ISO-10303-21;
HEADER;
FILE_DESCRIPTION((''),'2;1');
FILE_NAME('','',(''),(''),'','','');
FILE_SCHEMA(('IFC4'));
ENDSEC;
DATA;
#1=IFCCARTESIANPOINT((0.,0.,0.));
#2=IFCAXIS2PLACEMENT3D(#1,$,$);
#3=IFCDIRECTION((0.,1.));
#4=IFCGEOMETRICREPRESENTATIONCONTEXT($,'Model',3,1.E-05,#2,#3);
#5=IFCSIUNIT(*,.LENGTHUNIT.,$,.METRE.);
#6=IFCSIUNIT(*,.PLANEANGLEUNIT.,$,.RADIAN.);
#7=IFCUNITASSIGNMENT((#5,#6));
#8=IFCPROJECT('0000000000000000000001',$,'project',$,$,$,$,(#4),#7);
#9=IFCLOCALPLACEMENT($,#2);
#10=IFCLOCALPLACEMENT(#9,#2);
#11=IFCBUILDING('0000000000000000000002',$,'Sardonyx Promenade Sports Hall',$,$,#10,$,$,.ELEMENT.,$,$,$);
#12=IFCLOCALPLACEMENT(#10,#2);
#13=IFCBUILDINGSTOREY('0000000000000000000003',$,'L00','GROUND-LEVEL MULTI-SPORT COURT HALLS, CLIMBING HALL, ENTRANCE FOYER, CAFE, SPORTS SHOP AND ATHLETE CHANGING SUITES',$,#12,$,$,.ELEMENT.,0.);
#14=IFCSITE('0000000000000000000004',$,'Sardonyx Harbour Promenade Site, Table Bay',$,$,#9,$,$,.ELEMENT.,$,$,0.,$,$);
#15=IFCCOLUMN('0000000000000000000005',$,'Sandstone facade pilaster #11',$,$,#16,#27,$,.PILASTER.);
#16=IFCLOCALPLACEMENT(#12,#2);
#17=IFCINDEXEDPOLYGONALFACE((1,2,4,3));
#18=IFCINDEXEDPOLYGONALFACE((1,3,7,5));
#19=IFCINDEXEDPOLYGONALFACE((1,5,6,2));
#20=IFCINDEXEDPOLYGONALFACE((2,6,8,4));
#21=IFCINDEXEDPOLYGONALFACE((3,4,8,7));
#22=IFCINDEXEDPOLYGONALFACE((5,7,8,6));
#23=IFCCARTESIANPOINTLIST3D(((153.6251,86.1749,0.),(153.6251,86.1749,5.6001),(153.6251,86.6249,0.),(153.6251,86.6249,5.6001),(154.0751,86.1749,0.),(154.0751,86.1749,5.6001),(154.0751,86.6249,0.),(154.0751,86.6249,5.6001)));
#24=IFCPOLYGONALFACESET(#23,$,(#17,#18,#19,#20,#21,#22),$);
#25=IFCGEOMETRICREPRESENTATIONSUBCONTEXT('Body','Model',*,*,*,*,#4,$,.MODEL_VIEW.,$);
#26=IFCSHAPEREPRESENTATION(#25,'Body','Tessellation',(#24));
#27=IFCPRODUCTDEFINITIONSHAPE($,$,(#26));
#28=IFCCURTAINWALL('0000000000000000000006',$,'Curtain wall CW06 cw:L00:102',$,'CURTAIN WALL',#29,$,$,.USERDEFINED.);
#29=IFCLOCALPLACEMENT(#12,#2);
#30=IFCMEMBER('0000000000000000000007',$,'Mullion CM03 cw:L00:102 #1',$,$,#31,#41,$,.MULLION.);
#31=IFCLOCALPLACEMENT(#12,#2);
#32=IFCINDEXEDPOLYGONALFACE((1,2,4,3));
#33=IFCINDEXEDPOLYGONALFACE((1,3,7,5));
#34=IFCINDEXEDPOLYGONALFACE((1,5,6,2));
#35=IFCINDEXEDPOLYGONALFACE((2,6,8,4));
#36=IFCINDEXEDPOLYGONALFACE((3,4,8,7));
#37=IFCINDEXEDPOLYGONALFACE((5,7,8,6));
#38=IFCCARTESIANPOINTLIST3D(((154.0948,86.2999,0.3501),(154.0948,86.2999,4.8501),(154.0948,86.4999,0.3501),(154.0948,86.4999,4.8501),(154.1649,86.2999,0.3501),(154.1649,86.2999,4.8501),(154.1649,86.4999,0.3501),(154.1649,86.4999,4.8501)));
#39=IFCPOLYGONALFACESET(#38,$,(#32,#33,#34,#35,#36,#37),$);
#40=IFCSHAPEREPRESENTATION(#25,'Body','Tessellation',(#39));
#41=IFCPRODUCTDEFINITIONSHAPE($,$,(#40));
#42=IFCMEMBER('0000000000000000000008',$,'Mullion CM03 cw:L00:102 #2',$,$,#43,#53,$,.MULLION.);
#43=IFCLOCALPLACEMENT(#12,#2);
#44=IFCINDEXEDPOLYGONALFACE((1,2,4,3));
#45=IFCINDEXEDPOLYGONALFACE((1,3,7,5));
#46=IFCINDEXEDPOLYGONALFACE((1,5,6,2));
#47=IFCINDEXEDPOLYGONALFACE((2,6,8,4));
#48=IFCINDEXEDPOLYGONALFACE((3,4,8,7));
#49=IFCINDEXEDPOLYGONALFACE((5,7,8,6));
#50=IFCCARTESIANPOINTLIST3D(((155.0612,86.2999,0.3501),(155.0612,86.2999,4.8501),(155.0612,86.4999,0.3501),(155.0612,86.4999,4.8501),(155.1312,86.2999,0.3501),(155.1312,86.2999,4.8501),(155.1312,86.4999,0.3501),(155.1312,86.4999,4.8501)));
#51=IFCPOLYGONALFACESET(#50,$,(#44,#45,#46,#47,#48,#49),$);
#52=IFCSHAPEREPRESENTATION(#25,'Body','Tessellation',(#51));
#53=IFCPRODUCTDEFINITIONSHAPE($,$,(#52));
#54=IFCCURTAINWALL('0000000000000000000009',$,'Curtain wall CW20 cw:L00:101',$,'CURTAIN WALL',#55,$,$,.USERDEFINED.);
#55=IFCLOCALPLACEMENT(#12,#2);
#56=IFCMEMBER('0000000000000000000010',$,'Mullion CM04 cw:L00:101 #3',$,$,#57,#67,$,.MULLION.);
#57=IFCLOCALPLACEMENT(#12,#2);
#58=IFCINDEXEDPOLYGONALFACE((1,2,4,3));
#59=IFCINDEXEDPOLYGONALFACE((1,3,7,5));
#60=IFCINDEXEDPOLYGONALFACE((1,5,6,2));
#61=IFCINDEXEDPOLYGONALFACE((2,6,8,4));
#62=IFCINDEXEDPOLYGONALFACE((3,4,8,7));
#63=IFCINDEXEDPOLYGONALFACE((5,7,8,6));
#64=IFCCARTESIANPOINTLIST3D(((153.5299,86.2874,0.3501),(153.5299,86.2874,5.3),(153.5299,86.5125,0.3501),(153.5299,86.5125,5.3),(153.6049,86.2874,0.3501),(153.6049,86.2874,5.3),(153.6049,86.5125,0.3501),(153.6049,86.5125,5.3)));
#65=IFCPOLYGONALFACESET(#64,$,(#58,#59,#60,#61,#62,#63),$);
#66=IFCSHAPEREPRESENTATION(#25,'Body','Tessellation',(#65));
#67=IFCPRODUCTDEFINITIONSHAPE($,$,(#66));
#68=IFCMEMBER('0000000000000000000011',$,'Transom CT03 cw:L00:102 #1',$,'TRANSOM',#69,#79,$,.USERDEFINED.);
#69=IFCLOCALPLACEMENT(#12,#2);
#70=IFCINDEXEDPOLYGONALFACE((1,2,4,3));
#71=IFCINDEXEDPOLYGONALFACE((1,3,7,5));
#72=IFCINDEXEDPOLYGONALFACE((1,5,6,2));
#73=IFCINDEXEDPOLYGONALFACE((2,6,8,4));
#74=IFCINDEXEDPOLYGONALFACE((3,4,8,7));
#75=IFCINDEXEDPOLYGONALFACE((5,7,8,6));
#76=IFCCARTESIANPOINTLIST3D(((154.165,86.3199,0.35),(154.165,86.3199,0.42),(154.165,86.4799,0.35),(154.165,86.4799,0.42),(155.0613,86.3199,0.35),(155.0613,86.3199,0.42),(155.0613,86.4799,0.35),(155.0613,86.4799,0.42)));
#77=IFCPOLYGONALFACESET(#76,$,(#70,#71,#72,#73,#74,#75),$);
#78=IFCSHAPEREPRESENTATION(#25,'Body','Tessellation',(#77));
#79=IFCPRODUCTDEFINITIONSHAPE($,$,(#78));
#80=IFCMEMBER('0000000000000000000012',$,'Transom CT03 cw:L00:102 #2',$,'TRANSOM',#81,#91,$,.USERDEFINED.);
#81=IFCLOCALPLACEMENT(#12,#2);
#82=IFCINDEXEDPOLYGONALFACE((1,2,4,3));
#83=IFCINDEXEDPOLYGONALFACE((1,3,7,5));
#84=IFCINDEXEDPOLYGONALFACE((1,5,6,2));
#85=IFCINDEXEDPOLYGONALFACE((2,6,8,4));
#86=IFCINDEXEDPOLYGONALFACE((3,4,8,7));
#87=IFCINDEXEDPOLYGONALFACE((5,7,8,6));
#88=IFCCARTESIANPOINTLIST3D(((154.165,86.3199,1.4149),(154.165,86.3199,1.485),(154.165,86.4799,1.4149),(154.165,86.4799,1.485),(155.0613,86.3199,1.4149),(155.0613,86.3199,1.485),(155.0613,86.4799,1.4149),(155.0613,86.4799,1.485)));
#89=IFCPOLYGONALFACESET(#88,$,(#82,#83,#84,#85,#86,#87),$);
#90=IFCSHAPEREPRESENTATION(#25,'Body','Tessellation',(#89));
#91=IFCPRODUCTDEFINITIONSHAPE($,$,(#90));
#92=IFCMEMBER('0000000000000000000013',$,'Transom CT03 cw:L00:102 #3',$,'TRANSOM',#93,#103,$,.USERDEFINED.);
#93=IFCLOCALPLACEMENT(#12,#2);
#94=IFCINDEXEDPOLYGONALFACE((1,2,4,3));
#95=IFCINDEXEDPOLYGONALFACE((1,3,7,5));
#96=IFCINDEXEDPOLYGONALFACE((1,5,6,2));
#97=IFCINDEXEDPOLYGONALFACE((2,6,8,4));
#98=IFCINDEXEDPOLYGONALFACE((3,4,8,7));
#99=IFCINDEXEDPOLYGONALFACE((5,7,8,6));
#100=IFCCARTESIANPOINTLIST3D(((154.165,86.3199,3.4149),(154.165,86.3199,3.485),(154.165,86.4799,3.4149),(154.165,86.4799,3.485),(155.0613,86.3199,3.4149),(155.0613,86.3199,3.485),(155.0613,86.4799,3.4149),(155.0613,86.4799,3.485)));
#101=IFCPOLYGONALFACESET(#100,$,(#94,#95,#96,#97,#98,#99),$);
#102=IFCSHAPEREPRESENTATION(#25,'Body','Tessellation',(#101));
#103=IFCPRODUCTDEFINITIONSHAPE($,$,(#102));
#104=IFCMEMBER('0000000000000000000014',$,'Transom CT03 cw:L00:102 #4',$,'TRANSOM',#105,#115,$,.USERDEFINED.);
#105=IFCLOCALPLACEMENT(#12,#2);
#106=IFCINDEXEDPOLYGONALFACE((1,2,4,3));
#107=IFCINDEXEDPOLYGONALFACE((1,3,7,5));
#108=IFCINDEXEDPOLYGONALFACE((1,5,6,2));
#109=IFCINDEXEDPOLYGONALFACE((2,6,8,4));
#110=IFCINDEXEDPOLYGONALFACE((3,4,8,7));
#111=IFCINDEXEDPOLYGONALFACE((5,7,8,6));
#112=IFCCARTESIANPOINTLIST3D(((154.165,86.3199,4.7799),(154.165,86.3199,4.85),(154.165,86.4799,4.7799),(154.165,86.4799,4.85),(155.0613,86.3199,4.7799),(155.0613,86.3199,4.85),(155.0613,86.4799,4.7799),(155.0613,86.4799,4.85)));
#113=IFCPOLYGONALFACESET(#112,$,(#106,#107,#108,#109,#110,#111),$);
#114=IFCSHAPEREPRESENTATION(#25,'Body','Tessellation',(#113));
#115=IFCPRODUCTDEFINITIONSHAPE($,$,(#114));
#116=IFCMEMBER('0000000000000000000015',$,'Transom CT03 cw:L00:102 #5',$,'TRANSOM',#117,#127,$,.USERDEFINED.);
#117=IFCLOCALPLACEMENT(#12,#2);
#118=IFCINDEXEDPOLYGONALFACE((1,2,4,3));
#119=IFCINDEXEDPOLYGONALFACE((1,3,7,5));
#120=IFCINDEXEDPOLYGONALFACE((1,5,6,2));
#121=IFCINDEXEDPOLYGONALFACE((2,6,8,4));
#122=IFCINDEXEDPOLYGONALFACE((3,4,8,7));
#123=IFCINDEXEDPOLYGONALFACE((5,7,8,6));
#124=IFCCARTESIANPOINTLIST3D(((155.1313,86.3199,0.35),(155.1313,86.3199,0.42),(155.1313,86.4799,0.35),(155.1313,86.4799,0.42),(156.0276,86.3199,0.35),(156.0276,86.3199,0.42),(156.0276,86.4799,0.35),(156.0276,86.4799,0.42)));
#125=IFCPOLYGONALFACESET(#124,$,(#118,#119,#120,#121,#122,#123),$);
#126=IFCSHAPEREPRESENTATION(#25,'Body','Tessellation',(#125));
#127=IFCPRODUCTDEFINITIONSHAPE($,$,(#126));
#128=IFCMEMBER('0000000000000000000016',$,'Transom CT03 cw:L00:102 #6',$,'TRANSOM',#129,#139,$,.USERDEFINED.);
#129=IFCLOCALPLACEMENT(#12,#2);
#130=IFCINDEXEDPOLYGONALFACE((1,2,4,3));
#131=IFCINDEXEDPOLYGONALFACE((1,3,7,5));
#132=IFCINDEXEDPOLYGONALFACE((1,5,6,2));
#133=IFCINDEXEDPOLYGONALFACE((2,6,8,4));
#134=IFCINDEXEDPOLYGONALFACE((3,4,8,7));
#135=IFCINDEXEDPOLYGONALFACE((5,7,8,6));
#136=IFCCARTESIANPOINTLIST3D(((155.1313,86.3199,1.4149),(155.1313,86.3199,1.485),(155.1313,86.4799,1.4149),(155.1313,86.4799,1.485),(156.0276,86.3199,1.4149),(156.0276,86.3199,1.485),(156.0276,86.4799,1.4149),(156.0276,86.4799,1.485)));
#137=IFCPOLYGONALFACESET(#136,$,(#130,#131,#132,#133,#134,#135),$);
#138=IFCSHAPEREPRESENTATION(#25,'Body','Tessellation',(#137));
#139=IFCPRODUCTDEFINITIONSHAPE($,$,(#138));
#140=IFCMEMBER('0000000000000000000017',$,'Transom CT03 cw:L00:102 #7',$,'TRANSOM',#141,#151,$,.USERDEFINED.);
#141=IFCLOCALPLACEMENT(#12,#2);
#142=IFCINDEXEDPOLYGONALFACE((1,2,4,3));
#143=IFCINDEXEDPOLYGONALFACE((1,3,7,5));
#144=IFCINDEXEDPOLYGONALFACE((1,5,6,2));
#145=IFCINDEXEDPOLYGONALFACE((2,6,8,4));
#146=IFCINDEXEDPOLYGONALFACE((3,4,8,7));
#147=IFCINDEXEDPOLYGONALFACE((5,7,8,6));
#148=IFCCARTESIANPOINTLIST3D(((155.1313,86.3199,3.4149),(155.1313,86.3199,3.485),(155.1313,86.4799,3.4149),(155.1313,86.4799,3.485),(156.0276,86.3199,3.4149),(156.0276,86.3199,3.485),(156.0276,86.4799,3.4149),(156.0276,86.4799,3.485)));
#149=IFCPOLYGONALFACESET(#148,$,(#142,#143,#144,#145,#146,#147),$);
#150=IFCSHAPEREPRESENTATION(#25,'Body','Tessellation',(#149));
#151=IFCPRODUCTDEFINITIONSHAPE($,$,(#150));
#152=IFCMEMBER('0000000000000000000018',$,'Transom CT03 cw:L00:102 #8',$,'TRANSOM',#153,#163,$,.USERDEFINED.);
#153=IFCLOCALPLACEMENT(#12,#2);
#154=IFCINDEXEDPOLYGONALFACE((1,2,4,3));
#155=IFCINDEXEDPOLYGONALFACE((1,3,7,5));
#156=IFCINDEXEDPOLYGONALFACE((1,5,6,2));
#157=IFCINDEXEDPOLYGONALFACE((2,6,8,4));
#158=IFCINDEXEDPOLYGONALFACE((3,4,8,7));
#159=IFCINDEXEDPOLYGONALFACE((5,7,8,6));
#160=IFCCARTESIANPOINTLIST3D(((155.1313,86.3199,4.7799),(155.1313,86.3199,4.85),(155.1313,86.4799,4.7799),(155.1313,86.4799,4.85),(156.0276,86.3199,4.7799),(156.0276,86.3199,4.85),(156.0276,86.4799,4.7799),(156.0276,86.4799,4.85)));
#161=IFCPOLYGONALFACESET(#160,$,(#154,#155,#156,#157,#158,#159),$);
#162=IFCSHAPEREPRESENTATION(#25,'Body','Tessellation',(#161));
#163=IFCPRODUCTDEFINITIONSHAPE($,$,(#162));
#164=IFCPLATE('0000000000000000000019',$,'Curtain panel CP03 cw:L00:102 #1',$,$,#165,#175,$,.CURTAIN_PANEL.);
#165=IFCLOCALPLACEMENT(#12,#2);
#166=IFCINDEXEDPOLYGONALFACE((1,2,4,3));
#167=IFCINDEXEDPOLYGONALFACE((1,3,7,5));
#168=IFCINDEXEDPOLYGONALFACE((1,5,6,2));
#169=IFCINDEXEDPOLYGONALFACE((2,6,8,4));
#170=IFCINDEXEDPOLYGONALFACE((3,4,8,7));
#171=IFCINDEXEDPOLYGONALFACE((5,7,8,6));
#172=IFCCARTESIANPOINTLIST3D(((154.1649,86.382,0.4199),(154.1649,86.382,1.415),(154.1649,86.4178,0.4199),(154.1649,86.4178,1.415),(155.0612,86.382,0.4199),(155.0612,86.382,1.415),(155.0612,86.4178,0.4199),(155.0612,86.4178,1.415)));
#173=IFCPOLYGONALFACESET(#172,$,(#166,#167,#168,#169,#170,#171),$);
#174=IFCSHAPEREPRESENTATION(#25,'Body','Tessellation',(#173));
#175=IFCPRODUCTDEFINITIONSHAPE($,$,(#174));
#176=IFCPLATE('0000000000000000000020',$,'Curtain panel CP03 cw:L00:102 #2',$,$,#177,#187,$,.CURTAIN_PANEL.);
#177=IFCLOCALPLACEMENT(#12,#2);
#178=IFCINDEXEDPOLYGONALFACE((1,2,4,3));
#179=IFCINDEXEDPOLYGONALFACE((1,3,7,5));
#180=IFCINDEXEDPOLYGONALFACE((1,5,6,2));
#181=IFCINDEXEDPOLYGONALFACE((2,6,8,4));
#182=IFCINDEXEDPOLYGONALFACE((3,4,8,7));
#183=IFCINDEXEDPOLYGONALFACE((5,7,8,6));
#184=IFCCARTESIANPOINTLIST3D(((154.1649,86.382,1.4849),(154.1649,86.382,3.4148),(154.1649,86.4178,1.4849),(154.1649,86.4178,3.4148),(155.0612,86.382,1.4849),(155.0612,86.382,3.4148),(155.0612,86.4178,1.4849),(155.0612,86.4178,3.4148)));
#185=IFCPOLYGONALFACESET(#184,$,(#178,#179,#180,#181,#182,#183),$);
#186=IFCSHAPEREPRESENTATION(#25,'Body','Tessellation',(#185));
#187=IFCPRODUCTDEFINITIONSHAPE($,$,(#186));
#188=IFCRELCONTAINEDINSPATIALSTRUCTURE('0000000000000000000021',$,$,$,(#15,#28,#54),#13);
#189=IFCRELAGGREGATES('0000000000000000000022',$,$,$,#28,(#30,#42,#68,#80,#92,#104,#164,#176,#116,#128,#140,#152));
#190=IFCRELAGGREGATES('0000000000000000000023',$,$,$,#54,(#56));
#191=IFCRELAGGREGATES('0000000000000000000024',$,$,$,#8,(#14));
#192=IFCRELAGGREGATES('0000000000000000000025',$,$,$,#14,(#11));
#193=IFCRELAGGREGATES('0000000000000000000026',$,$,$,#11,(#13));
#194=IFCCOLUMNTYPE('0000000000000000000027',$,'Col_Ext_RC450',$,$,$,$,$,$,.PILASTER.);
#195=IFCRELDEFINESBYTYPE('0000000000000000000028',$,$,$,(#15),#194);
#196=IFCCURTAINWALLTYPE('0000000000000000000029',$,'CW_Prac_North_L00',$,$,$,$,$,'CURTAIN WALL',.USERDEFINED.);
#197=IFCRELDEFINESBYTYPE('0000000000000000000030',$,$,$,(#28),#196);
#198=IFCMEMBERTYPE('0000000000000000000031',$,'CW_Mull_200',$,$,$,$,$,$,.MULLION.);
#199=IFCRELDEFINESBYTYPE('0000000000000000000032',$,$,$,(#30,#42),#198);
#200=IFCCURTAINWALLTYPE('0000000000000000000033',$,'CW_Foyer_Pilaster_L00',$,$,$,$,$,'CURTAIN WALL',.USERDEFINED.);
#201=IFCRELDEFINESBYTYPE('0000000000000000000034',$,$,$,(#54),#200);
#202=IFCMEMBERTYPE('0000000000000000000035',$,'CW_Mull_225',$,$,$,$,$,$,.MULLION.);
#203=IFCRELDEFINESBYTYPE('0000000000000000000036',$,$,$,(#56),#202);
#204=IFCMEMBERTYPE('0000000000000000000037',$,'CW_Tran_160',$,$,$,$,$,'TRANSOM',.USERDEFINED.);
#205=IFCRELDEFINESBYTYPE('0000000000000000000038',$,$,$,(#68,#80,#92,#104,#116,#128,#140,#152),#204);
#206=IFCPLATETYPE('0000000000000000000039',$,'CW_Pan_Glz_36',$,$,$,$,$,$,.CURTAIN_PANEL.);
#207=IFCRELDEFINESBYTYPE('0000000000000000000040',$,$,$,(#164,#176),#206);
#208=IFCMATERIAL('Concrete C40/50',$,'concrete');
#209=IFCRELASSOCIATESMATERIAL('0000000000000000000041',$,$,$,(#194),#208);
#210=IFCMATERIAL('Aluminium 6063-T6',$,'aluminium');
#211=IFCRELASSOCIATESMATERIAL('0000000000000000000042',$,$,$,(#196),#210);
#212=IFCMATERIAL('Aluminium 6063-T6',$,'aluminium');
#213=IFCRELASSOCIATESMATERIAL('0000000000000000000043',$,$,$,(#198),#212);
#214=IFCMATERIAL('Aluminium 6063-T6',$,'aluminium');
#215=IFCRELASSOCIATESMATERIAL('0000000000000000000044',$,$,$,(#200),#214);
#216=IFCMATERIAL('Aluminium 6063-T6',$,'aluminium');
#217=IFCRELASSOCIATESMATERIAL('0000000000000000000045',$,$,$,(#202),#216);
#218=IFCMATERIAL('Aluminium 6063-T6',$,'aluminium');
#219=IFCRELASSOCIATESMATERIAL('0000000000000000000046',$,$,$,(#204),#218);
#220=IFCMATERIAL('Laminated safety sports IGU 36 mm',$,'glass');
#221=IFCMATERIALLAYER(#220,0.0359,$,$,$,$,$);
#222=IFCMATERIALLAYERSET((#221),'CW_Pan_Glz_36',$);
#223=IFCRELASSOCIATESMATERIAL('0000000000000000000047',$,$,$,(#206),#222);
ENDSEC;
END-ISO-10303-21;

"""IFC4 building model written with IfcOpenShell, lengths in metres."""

from ifc_helpers import new_model, si_unit, direction, frame, origin, origin_2d, place, context, subcontext, project, spatial, rectangle, extrude, material, layer, layer_set, material_profile, profile_set, type_object, element, aggregate, save


model = new_model("IFC4")

# Units and contexts
model_context = context("Model", 3, precision=1e-05, world=origin(), true_north=direction((0.0, 1.0)))
body_context = subcontext(model_context, "Body", "Model", "MODEL_VIEW")
ifc_project = project(units=[si_unit("LENGTHUNIT", "METRE"), si_unit("PLANEANGLEUNIT", "RADIAN")], contexts=[model_context])

# Site, building, storey
site_placement = place(None, origin())
site = spatial("IfcSite", under=ifc_project, at=site_placement, Name="Sardonyx Harbour Promenade Site, Table Bay", CompositionType="ELEMENT", RefElevation=0.0)
building_placement = place(site_placement, origin())
building = spatial("IfcBuilding", under=site, at=building_placement, Name="Sardonyx Promenade Sports Hall", CompositionType="ELEMENT")
storey_placement = place(building_placement, origin())
storey = spatial("IfcBuildingStorey", under=building, at=storey_placement, Name="L00", Description="GROUND-LEVEL MULTI-SPORT COURT HALLS, CLIMBING HALL, ENTRANCE FOYER, CAFE, SPORTS SHOP AND ATHLETE CHANGING SUITES", CompositionType="ELEMENT", Elevation=0.0)

# Column
ifc_material_1 = material(Name="Concrete C40/50", Category="concrete")
ifc_material_profile_1 = material_profile(ifc_material_1, rectangle(XDim=0.45, YDim=0.45, at=origin_2d()))
ifc_profile_set_1 = profile_set([ifc_material_profile_1], Name="Concrete C40/50")
column_type = type_object("IfcColumnType", Name="Col_Ext_RC450", PredefinedType="PILASTER", material=ifc_profile_set_1)
column_placement = place(storey_placement, frame((153.8501, 86.3999, 0.0), z_axis=(0.0, 0.0, 1.0), x_axis=(1.0, 0.0, 0.0)))
element("IfcColumn", 1, at=column_placement, inside=storey, type_object=column_type, Name="Sandstone facade pilaster #11", PredefinedType="PILASTER", context=body_context, shape_type="SweptSolid", body=[
    extrude(rectangle(XDim=0.45, YDim=0.45, at=origin_2d()), origin(), (0.0, 0.0, 1.0), 5.6001),
])

# Curtain wall, members
ifc_material_2 = material(Name="Aluminium 6063-T6", Category="aluminium")
curtain_wall_type_1 = type_object("IfcCurtainWallType", Name="CW_Prac_North_L00", ElementType="CURTAIN WALL", PredefinedType="USERDEFINED", material=ifc_material_2)
curtain_wall_1_placement = place(storey_placement, origin())
curtain_wall_1 = element("IfcCurtainWall", 2, at=curtain_wall_1_placement, inside=storey, type_object=curtain_wall_type_1, Name="Curtain wall CW06 cw:L00:102", ObjectType="CURTAIN WALL", PredefinedType="USERDEFINED")
ifc_material_3 = material(Name="Aluminium 6063-T6", Category="aluminium")
ifc_material_profile_2 = material_profile(ifc_material_3, rectangle(XDim=0.0701, YDim=0.2, at=origin_2d()))
ifc_profile_set_2 = profile_set([ifc_material_profile_2], Name="Aluminium 6063-T6")
member_type_1 = type_object("IfcMemberType", Name="CW_Mull_200", PredefinedType="MULLION", material=ifc_profile_set_2)
member_1_placement = place(storey_placement, frame((154.1299, 86.3999, 0.3501), z_axis=(0.0, 0.0, 1.0), x_axis=(1.0, 0.0, 0.0)))
member_1 = element("IfcMember", 3, at=member_1_placement, type_object=member_type_1, Name="Mullion CM03 cw:L00:102 #1", PredefinedType="MULLION", context=body_context, shape_type="SweptSolid", body=[
    extrude(rectangle(XDim=0.0701, YDim=0.2, at=origin_2d()), origin(), (0.0, 0.0, 1.0), 4.5),
])
member_2_placement = place(storey_placement, frame((155.0962, 86.3999, 0.3501), z_axis=(0.0, 0.0, 1.0), x_axis=(1.0, 0.0, 0.0)))
member_2 = element("IfcMember", 4, at=member_2_placement, type_object=member_type_1, Name="Mullion CM03 cw:L00:102 #2", PredefinedType="MULLION", context=body_context, shape_type="SweptSolid", body=[
    extrude(rectangle(XDim=0.0701, YDim=0.2, at=origin_2d()), origin(), (0.0, 0.0, 1.0), 4.5),
])

# Curtain wall, member
ifc_material_4 = material(Name="Aluminium 6063-T6", Category="aluminium")
curtain_wall_type_2 = type_object("IfcCurtainWallType", Name="CW_Foyer_Pilaster_L00", ElementType="CURTAIN WALL", PredefinedType="USERDEFINED", material=ifc_material_4)
curtain_wall_2_placement = place(storey_placement, origin())
curtain_wall_2 = element("IfcCurtainWall", 5, at=curtain_wall_2_placement, inside=storey, type_object=curtain_wall_type_2, Name="Curtain wall CW20 cw:L00:101", ObjectType="CURTAIN WALL", PredefinedType="USERDEFINED")
ifc_material_5 = material(Name="Aluminium 6063-T6", Category="aluminium")
ifc_material_profile_3 = material_profile(ifc_material_5, rectangle(XDim=0.075, YDim=0.2251, at=origin_2d()))
ifc_profile_set_3 = profile_set([ifc_material_profile_3], Name="Aluminium 6063-T6")
member_type_2 = type_object("IfcMemberType", Name="CW_Mull_225", PredefinedType="MULLION", material=ifc_profile_set_3)
member_3_placement = place(storey_placement, frame((153.5674, 86.3999, 0.3501), z_axis=(0.0, 0.0, 1.0), x_axis=(1.0, 0.0, 0.0)))
member_3 = element("IfcMember", 6, at=member_3_placement, type_object=member_type_2, Name="Mullion CM04 cw:L00:101 #3", PredefinedType="MULLION", context=body_context, shape_type="SweptSolid", body=[
    extrude(rectangle(XDim=0.075, YDim=0.2251, at=origin_2d()), origin(), (0.0, 0.0, 1.0), 4.95),
])

# Members
ifc_material_6 = material(Name="Aluminium 6063-T6", Category="aluminium")
ifc_material_profile_4 = material_profile(ifc_material_6, rectangle(XDim=0.0701, YDim=0.1599, at=origin_2d()))
ifc_profile_set_4 = profile_set([ifc_material_profile_4], Name="Aluminium 6063-T6")
member_type_3 = type_object("IfcMemberType", Name="CW_Tran_160", ElementType="TRANSOM", PredefinedType="USERDEFINED", material=ifc_profile_set_4)
member_4_placement = place(storey_placement, frame((154.165, 86.3999, 0.385), z_axis=(1.0, 0.0, 0.0), x_axis=(0.0, 0.0, 1.0)))
member_4 = element("IfcMember", 7, at=member_4_placement, type_object=member_type_3, Name="Transom CT03 cw:L00:102 #1", ObjectType="TRANSOM", PredefinedType="USERDEFINED", context=body_context, shape_type="SweptSolid", body=[
    extrude(rectangle(XDim=0.0701, YDim=0.1599, at=origin_2d()), origin(), (0.0, 0.0, 1.0), 0.8962),
])
member_5_placement = place(storey_placement, frame((154.165, 86.3999, 1.45), z_axis=(1.0, 0.0, 0.0), x_axis=(0.0, 0.0, 1.0)))
member_5 = element("IfcMember", 8, at=member_5_placement, type_object=member_type_3, Name="Transom CT03 cw:L00:102 #2", ObjectType="TRANSOM", PredefinedType="USERDEFINED", context=body_context, shape_type="SweptSolid", body=[
    extrude(rectangle(XDim=0.0701, YDim=0.1599, at=origin_2d()), origin(), (0.0, 0.0, 1.0), 0.8962),
])
member_6_placement = place(storey_placement, frame((154.165, 86.3999, 3.45), z_axis=(1.0, 0.0, 0.0), x_axis=(0.0, 0.0, 1.0)))
member_6 = element("IfcMember", 9, at=member_6_placement, type_object=member_type_3, Name="Transom CT03 cw:L00:102 #3", ObjectType="TRANSOM", PredefinedType="USERDEFINED", context=body_context, shape_type="SweptSolid", body=[
    extrude(rectangle(XDim=0.0701, YDim=0.1599, at=origin_2d()), origin(), (0.0, 0.0, 1.0), 0.8962),
])
member_7_placement = place(storey_placement, frame((154.165, 86.3999, 4.8149), z_axis=(1.0, 0.0, 0.0), x_axis=(0.0, 0.0, 1.0)))
member_7 = element("IfcMember", 10, at=member_7_placement, type_object=member_type_3, Name="Transom CT03 cw:L00:102 #4", ObjectType="TRANSOM", PredefinedType="USERDEFINED", context=body_context, shape_type="SweptSolid", body=[
    extrude(rectangle(XDim=0.0701, YDim=0.1599, at=origin_2d()), origin(), (0.0, 0.0, 1.0), 0.8962),
])
member_8_placement = place(storey_placement, frame((155.1313, 86.3999, 0.385), z_axis=(1.0, 0.0, 0.0), x_axis=(0.0, 0.0, 1.0)))
member_8 = element("IfcMember", 11, at=member_8_placement, type_object=member_type_3, Name="Transom CT03 cw:L00:102 #5", ObjectType="TRANSOM", PredefinedType="USERDEFINED", context=body_context, shape_type="SweptSolid", body=[
    extrude(rectangle(XDim=0.0701, YDim=0.1599, at=origin_2d()), origin(), (0.0, 0.0, 1.0), 0.8962),
])
member_9_placement = place(storey_placement, frame((155.1313, 86.3999, 1.45), z_axis=(1.0, 0.0, 0.0), x_axis=(0.0, 0.0, 1.0)))
member_9 = element("IfcMember", 12, at=member_9_placement, type_object=member_type_3, Name="Transom CT03 cw:L00:102 #6", ObjectType="TRANSOM", PredefinedType="USERDEFINED", context=body_context, shape_type="SweptSolid", body=[
    extrude(rectangle(XDim=0.0701, YDim=0.1599, at=origin_2d()), origin(), (0.0, 0.0, 1.0), 0.8962),
])
member_10_placement = place(storey_placement, frame((155.1313, 86.3999, 3.45), z_axis=(1.0, 0.0, 0.0), x_axis=(0.0, 0.0, 1.0)))
member_10 = element("IfcMember", 13, at=member_10_placement, type_object=member_type_3, Name="Transom CT03 cw:L00:102 #7", ObjectType="TRANSOM", PredefinedType="USERDEFINED", context=body_context, shape_type="SweptSolid", body=[
    extrude(rectangle(XDim=0.0701, YDim=0.1599, at=origin_2d()), origin(), (0.0, 0.0, 1.0), 0.8962),
])
member_11_placement = place(storey_placement, frame((155.1313, 86.3999, 4.8149), z_axis=(1.0, 0.0, 0.0), x_axis=(0.0, 0.0, 1.0)))
member_11 = element("IfcMember", 14, at=member_11_placement, type_object=member_type_3, Name="Transom CT03 cw:L00:102 #8", ObjectType="TRANSOM", PredefinedType="USERDEFINED", context=body_context, shape_type="SweptSolid", body=[
    extrude(rectangle(XDim=0.0701, YDim=0.1599, at=origin_2d()), origin(), (0.0, 0.0, 1.0), 0.8962),
])

# Plates
ifc_material_7 = material(Name="Laminated safety sports IGU 36 mm", Category="glass")
ifc_layer_1 = layer(ifc_material_7, 0.0359)
ifc_layer_set_1 = layer_set([ifc_layer_1], Name="CW_Pan_Glz_36")
plate_type_1 = type_object("IfcPlateType", Name="CW_Pan_Glz_36", PredefinedType="CURTAIN_PANEL", material=ifc_layer_set_1)
plate_1_placement = place(storey_placement, frame((154.613, 86.3999, 0.4199), z_axis=(0.0, 0.0, 1.0), x_axis=(1.0, 0.0, 0.0)))
plate_1 = element("IfcPlate", 15, at=plate_1_placement, type_object=plate_type_1, Name="Curtain panel CP03 cw:L00:102 #1", PredefinedType="CURTAIN_PANEL", context=body_context, shape_type="SweptSolid", body=[
    extrude(rectangle(XDim=0.8962, YDim=0.0359, at=origin_2d()), origin(), (0.0, 0.0, 1.0), 0.9951),
])
plate_2_placement = place(storey_placement, frame((154.613, 86.3999, 1.4849), z_axis=(0.0, 0.0, 1.0), x_axis=(1.0, 0.0, 0.0)))
plate_2 = element("IfcPlate", 16, at=plate_2_placement, type_object=plate_type_1, Name="Curtain panel CP03 cw:L00:102 #2", PredefinedType="CURTAIN_PANEL", context=body_context, shape_type="SweptSolid", body=[
    extrude(rectangle(XDim=0.8962, YDim=0.0359, at=origin_2d()), origin(), (0.0, 0.0, 1.0), 1.9299),
])
aggregate(curtain_wall_1, [member_1, member_2, member_4, member_5, member_6, member_7, plate_1, plate_2, member_8, member_9, member_10, member_11])
aggregate(curtain_wall_2, [member_3])

save(model, "model.ifc")
